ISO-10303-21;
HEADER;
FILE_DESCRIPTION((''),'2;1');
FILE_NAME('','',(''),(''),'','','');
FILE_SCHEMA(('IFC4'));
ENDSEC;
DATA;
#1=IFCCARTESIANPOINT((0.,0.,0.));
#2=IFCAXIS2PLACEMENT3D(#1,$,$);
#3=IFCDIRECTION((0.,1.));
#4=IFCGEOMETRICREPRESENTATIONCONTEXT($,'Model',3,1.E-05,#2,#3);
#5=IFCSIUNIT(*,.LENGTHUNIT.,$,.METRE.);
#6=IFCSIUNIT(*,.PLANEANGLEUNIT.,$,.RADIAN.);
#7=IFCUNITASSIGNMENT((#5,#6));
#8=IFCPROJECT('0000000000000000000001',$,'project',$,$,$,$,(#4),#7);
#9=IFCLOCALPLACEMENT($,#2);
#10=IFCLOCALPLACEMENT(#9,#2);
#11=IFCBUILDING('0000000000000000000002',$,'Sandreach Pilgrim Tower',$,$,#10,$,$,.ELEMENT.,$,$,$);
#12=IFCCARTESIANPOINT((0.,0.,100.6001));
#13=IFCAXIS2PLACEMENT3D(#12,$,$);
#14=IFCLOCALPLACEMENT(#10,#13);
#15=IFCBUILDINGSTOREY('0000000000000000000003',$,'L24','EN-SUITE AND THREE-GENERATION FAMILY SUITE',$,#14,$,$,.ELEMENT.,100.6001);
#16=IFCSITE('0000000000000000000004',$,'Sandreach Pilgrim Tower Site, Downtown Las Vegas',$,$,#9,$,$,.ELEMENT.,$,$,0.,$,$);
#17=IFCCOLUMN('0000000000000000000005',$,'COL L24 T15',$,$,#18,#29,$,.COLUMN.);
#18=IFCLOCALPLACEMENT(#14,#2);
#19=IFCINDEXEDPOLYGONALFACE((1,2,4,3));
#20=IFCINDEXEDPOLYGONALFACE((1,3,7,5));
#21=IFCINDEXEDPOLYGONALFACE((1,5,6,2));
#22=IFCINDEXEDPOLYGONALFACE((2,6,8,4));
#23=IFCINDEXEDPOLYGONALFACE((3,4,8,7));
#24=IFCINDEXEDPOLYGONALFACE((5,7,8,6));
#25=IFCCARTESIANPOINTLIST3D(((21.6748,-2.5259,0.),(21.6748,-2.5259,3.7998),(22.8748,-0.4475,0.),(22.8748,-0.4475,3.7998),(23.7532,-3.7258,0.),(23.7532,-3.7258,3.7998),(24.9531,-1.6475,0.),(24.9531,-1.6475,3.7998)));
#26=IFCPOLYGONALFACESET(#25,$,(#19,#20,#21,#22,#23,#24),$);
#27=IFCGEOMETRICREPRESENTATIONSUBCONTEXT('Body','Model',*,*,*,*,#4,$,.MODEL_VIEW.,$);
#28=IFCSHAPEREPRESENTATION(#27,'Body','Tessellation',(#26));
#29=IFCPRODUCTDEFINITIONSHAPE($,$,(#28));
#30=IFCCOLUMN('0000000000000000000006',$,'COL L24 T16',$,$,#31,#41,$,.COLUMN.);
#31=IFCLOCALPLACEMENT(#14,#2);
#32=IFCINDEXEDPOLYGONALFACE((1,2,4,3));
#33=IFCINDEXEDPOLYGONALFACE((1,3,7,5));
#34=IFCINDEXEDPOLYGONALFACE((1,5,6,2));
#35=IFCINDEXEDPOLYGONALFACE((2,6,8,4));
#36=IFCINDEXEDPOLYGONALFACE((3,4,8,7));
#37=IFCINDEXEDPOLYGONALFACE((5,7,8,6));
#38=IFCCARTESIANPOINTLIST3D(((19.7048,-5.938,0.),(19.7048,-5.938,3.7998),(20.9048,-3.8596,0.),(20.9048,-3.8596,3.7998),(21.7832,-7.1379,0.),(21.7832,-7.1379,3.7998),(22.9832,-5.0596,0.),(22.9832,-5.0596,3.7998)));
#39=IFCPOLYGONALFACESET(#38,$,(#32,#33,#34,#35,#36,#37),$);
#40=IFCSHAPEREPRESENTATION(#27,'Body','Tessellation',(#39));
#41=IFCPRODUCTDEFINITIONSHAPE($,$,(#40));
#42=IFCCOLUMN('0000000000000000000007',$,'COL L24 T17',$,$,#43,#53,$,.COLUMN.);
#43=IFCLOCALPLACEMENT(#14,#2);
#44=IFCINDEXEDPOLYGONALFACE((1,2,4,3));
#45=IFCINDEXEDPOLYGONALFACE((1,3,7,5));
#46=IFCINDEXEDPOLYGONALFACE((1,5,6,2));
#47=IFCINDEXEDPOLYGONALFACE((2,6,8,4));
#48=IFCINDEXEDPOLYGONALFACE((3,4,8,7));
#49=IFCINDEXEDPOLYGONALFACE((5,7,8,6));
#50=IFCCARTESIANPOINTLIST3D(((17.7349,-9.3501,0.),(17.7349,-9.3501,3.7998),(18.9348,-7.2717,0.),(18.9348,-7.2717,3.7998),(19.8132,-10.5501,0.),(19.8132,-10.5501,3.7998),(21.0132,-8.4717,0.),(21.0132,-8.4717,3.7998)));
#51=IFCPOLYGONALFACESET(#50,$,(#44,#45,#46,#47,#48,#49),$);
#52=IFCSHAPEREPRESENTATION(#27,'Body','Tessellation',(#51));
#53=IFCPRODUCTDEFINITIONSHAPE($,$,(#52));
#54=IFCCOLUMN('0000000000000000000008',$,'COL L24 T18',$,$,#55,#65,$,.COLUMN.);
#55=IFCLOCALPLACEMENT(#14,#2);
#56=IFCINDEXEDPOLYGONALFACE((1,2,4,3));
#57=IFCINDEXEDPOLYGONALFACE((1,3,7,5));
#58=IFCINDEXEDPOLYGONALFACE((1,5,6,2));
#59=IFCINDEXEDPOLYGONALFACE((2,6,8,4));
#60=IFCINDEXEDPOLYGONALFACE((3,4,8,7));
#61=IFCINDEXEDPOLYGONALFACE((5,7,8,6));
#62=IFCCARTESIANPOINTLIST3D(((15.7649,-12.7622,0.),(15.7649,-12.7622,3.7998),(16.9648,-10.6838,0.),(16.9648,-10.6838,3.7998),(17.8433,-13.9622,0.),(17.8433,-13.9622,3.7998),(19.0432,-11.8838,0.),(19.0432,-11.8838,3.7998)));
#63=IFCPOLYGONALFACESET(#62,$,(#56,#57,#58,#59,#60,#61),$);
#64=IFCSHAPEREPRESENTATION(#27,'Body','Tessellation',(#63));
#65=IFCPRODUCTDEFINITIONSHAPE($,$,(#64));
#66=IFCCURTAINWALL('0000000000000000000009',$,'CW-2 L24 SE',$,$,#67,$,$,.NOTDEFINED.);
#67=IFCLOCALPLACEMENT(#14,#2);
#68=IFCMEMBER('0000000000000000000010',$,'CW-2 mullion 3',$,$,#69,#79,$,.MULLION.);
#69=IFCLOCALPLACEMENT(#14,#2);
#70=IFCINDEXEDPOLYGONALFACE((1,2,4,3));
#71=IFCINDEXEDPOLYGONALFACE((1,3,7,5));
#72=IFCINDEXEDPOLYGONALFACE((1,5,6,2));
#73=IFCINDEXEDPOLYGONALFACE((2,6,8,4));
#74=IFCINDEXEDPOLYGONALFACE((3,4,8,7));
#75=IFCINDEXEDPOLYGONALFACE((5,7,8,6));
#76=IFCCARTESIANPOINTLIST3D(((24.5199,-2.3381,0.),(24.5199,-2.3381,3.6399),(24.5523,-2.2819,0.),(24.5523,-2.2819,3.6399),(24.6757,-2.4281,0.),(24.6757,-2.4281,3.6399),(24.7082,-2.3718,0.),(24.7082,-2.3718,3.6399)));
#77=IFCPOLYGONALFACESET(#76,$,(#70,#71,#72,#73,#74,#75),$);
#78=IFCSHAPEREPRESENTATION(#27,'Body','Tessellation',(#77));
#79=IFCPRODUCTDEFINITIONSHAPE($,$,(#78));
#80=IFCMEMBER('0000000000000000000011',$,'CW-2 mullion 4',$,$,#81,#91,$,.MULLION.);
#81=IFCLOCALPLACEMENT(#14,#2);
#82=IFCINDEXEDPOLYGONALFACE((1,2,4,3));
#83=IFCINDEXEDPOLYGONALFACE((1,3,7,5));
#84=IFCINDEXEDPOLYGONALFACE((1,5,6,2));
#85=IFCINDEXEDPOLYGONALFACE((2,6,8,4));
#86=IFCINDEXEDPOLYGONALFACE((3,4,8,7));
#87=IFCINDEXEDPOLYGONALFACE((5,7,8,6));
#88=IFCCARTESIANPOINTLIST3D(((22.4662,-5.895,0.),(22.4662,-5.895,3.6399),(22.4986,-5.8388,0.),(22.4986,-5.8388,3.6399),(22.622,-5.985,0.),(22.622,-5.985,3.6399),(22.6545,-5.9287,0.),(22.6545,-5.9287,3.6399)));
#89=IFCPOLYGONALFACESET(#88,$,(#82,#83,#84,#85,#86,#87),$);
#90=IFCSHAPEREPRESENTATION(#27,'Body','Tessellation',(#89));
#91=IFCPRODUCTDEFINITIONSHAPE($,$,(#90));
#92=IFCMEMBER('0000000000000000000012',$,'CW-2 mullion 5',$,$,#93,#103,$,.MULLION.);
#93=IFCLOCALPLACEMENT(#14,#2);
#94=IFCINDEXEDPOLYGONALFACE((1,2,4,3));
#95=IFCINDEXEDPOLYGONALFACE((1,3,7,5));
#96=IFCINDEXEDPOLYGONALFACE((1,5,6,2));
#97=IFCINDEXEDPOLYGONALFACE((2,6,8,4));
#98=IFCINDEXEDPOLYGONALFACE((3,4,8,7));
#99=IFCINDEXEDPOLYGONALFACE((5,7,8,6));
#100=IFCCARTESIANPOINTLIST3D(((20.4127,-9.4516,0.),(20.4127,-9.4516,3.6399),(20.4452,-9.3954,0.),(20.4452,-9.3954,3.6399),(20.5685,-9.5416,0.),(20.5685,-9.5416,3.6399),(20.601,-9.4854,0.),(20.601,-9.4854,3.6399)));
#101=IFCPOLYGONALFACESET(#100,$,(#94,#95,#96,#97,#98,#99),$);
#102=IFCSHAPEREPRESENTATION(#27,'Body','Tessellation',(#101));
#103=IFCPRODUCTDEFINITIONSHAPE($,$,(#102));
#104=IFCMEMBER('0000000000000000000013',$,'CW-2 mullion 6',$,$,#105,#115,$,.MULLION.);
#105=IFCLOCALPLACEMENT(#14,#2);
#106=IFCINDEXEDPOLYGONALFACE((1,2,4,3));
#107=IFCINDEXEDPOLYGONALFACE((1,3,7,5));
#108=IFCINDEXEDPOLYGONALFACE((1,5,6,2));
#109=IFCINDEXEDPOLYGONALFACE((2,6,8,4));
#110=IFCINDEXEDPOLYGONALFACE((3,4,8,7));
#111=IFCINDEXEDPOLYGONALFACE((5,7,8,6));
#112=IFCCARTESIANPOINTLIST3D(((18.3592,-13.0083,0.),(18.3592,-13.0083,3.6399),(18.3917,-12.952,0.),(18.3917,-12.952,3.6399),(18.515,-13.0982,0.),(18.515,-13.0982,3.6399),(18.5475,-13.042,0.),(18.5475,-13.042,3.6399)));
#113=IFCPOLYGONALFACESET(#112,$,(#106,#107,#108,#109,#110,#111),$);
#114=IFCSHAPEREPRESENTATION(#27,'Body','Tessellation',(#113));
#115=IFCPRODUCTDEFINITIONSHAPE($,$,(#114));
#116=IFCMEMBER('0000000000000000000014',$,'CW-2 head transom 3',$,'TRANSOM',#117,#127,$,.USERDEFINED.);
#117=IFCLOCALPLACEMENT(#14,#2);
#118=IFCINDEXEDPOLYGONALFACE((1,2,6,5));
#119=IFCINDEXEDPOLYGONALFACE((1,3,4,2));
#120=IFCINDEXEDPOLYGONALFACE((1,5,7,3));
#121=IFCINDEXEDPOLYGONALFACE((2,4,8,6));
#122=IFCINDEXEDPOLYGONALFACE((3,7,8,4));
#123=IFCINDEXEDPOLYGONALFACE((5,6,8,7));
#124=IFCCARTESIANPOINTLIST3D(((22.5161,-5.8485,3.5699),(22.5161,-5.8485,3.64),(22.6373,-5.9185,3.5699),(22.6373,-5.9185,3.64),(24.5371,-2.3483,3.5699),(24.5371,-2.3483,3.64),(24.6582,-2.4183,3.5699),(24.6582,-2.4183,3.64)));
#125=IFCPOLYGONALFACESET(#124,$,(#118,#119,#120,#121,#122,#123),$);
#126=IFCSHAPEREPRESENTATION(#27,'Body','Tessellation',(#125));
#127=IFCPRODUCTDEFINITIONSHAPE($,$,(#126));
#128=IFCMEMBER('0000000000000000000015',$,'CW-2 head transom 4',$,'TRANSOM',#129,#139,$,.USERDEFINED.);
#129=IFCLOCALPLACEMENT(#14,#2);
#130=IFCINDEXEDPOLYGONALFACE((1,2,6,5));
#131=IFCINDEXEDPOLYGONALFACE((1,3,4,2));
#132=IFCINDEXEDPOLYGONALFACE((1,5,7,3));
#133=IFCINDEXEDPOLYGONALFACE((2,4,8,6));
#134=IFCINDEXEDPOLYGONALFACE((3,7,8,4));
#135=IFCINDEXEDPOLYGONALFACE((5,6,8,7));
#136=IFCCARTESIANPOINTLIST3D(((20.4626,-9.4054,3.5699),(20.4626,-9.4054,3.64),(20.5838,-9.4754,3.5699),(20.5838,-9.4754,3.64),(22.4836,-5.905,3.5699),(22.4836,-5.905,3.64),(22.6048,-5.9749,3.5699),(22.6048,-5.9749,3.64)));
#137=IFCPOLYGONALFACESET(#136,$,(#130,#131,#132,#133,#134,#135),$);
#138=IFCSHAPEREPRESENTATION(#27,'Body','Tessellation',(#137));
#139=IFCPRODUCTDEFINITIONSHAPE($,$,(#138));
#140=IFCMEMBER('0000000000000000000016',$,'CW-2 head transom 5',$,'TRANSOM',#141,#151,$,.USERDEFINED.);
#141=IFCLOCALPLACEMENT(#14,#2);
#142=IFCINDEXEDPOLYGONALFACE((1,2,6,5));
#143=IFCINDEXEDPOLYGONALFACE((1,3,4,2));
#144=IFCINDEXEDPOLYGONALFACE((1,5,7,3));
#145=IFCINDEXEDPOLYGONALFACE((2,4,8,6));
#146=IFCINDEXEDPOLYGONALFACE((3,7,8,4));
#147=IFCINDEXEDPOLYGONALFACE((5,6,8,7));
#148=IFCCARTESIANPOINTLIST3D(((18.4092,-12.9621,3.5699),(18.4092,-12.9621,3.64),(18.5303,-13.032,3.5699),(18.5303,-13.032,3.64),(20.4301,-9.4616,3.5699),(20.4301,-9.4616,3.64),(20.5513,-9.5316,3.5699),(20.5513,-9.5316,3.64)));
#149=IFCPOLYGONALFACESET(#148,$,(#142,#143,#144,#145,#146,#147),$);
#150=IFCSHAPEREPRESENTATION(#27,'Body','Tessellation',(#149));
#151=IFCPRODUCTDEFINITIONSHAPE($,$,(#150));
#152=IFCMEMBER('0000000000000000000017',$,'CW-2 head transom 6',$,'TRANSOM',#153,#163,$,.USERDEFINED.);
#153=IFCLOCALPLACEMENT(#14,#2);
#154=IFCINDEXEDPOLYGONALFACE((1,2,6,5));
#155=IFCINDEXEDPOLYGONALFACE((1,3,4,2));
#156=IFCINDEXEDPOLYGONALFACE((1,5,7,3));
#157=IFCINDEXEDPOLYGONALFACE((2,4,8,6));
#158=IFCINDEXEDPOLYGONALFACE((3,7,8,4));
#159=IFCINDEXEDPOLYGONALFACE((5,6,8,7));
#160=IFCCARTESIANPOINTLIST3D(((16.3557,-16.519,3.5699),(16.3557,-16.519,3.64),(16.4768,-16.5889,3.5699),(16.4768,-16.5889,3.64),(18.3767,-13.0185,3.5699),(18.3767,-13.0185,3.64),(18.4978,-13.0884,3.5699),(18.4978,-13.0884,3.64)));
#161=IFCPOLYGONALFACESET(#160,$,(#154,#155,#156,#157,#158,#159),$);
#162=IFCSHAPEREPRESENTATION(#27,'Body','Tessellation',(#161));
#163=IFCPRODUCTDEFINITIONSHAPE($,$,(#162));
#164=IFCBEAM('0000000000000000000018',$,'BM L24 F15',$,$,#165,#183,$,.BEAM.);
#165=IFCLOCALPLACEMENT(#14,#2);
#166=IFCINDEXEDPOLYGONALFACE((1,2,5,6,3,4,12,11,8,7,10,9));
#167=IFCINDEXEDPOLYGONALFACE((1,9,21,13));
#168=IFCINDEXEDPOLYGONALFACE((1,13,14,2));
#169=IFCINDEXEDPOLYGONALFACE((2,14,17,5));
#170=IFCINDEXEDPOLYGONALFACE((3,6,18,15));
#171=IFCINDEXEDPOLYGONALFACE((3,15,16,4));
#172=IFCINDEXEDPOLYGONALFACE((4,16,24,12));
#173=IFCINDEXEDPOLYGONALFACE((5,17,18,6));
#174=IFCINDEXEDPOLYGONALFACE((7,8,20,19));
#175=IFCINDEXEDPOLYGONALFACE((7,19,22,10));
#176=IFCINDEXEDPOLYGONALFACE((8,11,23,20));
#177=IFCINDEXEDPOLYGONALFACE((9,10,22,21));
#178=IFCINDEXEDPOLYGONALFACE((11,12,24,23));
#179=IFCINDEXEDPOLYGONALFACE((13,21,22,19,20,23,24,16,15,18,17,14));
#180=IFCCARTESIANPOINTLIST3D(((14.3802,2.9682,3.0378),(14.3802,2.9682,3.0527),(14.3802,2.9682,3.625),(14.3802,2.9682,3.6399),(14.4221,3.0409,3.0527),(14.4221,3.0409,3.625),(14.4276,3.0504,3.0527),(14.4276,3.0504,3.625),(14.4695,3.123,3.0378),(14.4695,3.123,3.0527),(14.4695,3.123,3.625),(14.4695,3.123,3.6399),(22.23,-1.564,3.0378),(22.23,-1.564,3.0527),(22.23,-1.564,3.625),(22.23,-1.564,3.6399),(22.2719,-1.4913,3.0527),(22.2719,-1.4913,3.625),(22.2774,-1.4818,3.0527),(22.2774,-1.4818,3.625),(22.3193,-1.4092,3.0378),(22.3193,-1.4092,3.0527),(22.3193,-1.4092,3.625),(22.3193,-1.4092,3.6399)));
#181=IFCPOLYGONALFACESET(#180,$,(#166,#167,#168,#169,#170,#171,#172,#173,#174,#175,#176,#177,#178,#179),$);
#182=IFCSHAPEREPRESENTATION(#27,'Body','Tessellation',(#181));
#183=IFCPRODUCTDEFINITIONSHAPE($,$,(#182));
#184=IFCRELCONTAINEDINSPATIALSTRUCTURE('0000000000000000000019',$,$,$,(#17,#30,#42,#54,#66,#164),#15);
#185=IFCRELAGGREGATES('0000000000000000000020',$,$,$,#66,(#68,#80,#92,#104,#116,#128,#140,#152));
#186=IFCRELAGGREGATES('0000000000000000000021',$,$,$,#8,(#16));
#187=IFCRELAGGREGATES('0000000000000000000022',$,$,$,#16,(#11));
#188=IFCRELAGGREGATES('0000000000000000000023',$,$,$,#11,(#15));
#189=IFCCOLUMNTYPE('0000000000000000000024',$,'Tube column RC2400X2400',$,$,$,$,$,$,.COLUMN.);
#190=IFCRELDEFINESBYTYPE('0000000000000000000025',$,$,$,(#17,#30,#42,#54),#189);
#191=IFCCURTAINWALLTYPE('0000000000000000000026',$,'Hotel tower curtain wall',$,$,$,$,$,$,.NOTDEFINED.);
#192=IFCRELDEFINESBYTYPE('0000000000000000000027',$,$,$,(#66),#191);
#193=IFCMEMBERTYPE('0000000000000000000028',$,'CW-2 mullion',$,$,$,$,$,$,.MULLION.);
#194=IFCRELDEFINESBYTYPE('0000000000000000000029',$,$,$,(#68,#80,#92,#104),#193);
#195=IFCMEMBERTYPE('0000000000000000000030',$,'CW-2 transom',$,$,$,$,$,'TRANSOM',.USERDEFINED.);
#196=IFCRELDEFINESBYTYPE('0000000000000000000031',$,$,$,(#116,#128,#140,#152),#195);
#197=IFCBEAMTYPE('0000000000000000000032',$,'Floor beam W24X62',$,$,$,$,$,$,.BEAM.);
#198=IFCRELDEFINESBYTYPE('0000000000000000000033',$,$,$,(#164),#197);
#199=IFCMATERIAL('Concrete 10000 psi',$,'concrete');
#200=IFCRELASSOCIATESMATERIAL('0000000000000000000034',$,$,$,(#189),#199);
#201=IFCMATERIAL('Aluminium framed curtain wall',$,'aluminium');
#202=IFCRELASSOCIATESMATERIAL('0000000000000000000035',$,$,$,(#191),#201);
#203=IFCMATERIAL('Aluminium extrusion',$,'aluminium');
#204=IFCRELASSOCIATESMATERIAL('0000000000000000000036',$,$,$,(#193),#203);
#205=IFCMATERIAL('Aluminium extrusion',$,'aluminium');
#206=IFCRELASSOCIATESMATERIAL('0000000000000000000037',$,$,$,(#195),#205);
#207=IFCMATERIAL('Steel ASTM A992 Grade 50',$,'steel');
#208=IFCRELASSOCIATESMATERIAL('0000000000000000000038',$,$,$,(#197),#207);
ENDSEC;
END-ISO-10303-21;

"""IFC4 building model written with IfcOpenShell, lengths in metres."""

from ifc_helpers import new_model, si_unit, direction, frame, origin, origin_2d, place, context, subcontext, project, spatial, rectangle, i_section, extrude, material, material_profile, profile_set, type_object, element, aggregate, save


model = new_model("IFC4")

# Units and contexts
model_context = context("Model", 3, precision=1e-05, world=origin(), true_north=direction((0.0, 1.0)))
body_context = subcontext(model_context, "Body", "Model", "MODEL_VIEW")
ifc_project = project(units=[si_unit("LENGTHUNIT", "METRE"), si_unit("PLANEANGLEUNIT", "RADIAN")], contexts=[model_context])

# Site, building, storey
site_placement = place(None, origin())
site = spatial("IfcSite", under=ifc_project, at=site_placement, Name="Sandreach Pilgrim Tower Site, Downtown Las Vegas", CompositionType="ELEMENT", RefElevation=0.0)
building_placement = place(site_placement, origin())
building = spatial("IfcBuilding", under=site, at=building_placement, Name="Sandreach Pilgrim Tower", CompositionType="ELEMENT")
storey_placement = place(building_placement, frame((0.0, 0.0, 100.6001)))
storey = spatial("IfcBuildingStorey", under=building, at=storey_placement, Name="L24", Description="EN-SUITE AND THREE-GENERATION FAMILY SUITE", CompositionType="ELEMENT", Elevation=100.6001)

# Columns
ifc_material_1 = material(Name="Concrete 10000 psi", Category="concrete")
ifc_material_profile_1 = material_profile(ifc_material_1, rectangle(XDim=2.3999, YDim=2.3999, at=origin_2d()), Name="RC2400X2400")
ifc_profile_set_1 = profile_set([ifc_material_profile_1], Name="Concrete 10000 psi")
column_type = type_object("IfcColumnType", Name="Tube column RC2400X2400", PredefinedType="COLUMN", material=ifc_profile_set_1)
for number, where, z_axis, x_axis, name in (
    (1, (23.314, -2.0867, 0.0), (0.0, 0.0, 1.0), (0.866025, -0.5, 0.0), "COL L24 T15"),
    (2, (21.344, -5.4988, 0.0), (0.0, 0.0, 1.0), (0.866025, -0.5, 0.0), "COL L24 T16"),
    (3, (19.374, -8.9109, 0.0), (0.0, 0.0, 1.0), (0.866025, -0.5, 0.0), "COL L24 T17"),
    (4, (17.4041, -12.323, 0.0), (0.0, 0.0, 1.0), (0.866025, -0.5, 0.0), "COL L24 T18"),
):
    element("IfcColumn", number, at=place(storey_placement, frame(where, z_axis=z_axis, x_axis=x_axis)), inside=storey, type_object=column_type, Name=name, PredefinedType="COLUMN", context=body_context, shape_type="SweptSolid", body=[
        extrude(rectangle(XDim=2.3999, YDim=2.3999, at=origin_2d()), origin(), (0.0, 0.0, 1.0), 3.7998),
    ])

# Curtain wall, members
ifc_material_2 = material(Name="Aluminium framed curtain wall", Category="aluminium")
curtain_wall_type = type_object("IfcCurtainWallType", Name="Hotel tower curtain wall", PredefinedType="NOTDEFINED", material=ifc_material_2)
curtain_wall_placement = place(storey_placement, origin())
curtain_wall = element("IfcCurtainWall", 5, at=curtain_wall_placement, inside=storey, type_object=curtain_wall_type, Name="CW-2 L24 SE", PredefinedType="NOTDEFINED")
ifc_material_3 = material(Name="Aluminium extrusion", Category="aluminium")
ifc_material_profile_2 = material_profile(ifc_material_3, rectangle(XDim=0.0649, YDim=0.1799, at=origin_2d()), Name="CW-2M 65X180")
ifc_profile_set_2 = profile_set([ifc_material_profile_2], Name="Aluminium extrusion")
member_type_1 = type_object("IfcMemberType", Name="CW-2 mullion", PredefinedType="MULLION", material=ifc_profile_set_2)
member_1_placement = place(storey_placement, frame((24.614, -2.355, 0.0), z_axis=(0.0, 0.0, 1.0), x_axis=(-0.5, -0.866025, 0.0)))
member_1 = element("IfcMember", 6, at=member_1_placement, type_object=member_type_1, Name="CW-2 mullion 3", PredefinedType="MULLION", context=body_context, shape_type="SweptSolid", body=[
    extrude(rectangle(XDim=0.0649, YDim=0.1799, at=origin_2d()), origin(), (0.0, 0.0, 1.0), 3.6399),
])
member_2_placement = place(storey_placement, frame((22.5603, -5.9119, 0.0), z_axis=(0.0, 0.0, 1.0), x_axis=(-0.5, -0.866025, 0.0)))
member_2 = element("IfcMember", 7, at=member_2_placement, type_object=member_type_1, Name="CW-2 mullion 4", PredefinedType="MULLION", context=body_context, shape_type="SweptSolid", body=[
    extrude(rectangle(XDim=0.0649, YDim=0.1799, at=origin_2d()), origin(), (0.0, 0.0, 1.0), 3.6399),
])
member_3_placement = place(storey_placement, frame((20.5068, -9.4685, 0.0), z_axis=(0.0, 0.0, 1.0), x_axis=(-0.5, -0.866025, 0.0)))
member_3 = element("IfcMember", 8, at=member_3_placement, type_object=member_type_1, Name="CW-2 mullion 5", PredefinedType="MULLION", context=body_context, shape_type="SweptSolid", body=[
    extrude(rectangle(XDim=0.0649, YDim=0.1799, at=origin_2d()), origin(), (0.0, 0.0, 1.0), 3.6399),
])
member_4_placement = place(storey_placement, frame((18.4534, -13.0251, 0.0), z_axis=(0.0, 0.0, 1.0), x_axis=(-0.5, -0.866025, 0.0)))
member_4 = element("IfcMember", 9, at=member_4_placement, type_object=member_type_1, Name="CW-2 mullion 6", PredefinedType="MULLION", context=body_context, shape_type="SweptSolid", body=[
    extrude(rectangle(XDim=0.0649, YDim=0.1799, at=origin_2d()), origin(), (0.0, 0.0, 1.0), 3.6399),
])
ifc_material_4 = material(Name="Aluminium extrusion", Category="aluminium")
ifc_material_profile_3 = material_profile(ifc_material_4, rectangle(XDim=0.1399, YDim=0.0701, at=origin_2d()), Name="CW-2T 140X70")
ifc_profile_set_3 = profile_set([ifc_material_profile_3], Name="Aluminium extrusion")
member_type_2 = type_object("IfcMemberType", Name="CW-2 transom", ElementType="TRANSOM", PredefinedType="USERDEFINED", material=ifc_profile_set_3)
member_5_placement = place(storey_placement, frame((24.5977, -2.3833, 3.605), z_axis=(-0.500024, -0.866012, 0.0), x_axis=(0.866012, -0.500024, 0.0)))
member_5 = element("IfcMember", 10, at=member_5_placement, type_object=member_type_2, Name="CW-2 head transom 3", ObjectType="TRANSOM", PredefinedType="USERDEFINED", context=body_context, shape_type="SweptSolid", body=[
    extrude(rectangle(XDim=0.1399, YDim=0.0701, at=origin_2d()), origin(), (0.0, 0.0, 1.0), 4.0417),
])
member_6_placement = place(storey_placement, frame((22.5442, -5.9399, 3.605), z_axis=(-0.499998, -0.866027, 0.0), x_axis=(0.866027, -0.499998, 0.0)))
member_6 = element("IfcMember", 11, at=member_6_placement, type_object=member_type_2, Name="CW-2 head transom 4", ObjectType="TRANSOM", PredefinedType="USERDEFINED", context=body_context, shape_type="SweptSolid", body=[
    extrude(rectangle(XDim=0.1399, YDim=0.0701, at=origin_2d()), origin(), (0.0, 0.0, 1.0), 4.042),
])
member_7_placement = place(storey_placement, frame((20.4907, -9.4966, 3.605), z_axis=(-0.499998, -0.866027, 0.0), x_axis=(0.866027, -0.499998, 0.0)))
member_7 = element("IfcMember", 12, at=member_7_placement, type_object=member_type_2, Name="CW-2 head transom 5", ObjectType="TRANSOM", PredefinedType="USERDEFINED", context=body_context, shape_type="SweptSolid", body=[
    extrude(rectangle(XDim=0.1399, YDim=0.0701, at=origin_2d()), origin(), (0.0, 0.0, 1.0), 4.042),
])
member_8_placement = place(storey_placement, frame((18.4373, -13.0535, 3.605), z_axis=(-0.499998, -0.866027, 0.0), x_axis=(0.866027, -0.499998, 0.0)))
member_8 = element("IfcMember", 13, at=member_8_placement, type_object=member_type_2, Name="CW-2 head transom 6", ObjectType="TRANSOM", PredefinedType="USERDEFINED", context=body_context, shape_type="SweptSolid", body=[
    extrude(rectangle(XDim=0.1399, YDim=0.0701, at=origin_2d()), origin(), (0.0, 0.0, 1.0), 4.042),
])

# Beam
ifc_material_5 = material(Name="Steel ASTM A992 Grade 50", Category="steel")
ifc_material_profile_4 = material_profile(ifc_material_5, i_section(OverallWidth=0.1787, OverallDepth=0.6021, WebThickness=0.011, FlangeThickness=0.0149, at=origin_2d()), Name="W24X62")
ifc_profile_set_4 = profile_set([ifc_material_profile_4], Name="Steel ASTM A992 Grade 50")
beam_type_1 = type_object("IfcBeamType", Name="Floor beam W24X62", PredefinedType="BEAM", material=ifc_profile_set_4)
beam_1_placement = place(storey_placement, frame((22.2747, -1.4866, 3.3389), z_axis=(-0.86602, 0.500009, 0.0), x_axis=(-0.500009, -0.86602, 0.0)))
element("IfcBeam", 14, at=beam_1_placement, inside=storey, type_object=beam_type_1, Name="BM L24 F15", PredefinedType="BEAM", context=body_context, shape_type="SweptSolid", body=[
    extrude(i_section(OverallWidth=0.1787, OverallDepth=0.6021, WebThickness=0.011, FlangeThickness=0.0149, at=origin_2d()), origin(), (0.0, 0.0, 1.0), 9.0642),
])

aggregate(curtain_wall, [member_1, member_2, member_3, member_4, member_5, member_6, member_7, member_8])

save(model, "model.ifc")
